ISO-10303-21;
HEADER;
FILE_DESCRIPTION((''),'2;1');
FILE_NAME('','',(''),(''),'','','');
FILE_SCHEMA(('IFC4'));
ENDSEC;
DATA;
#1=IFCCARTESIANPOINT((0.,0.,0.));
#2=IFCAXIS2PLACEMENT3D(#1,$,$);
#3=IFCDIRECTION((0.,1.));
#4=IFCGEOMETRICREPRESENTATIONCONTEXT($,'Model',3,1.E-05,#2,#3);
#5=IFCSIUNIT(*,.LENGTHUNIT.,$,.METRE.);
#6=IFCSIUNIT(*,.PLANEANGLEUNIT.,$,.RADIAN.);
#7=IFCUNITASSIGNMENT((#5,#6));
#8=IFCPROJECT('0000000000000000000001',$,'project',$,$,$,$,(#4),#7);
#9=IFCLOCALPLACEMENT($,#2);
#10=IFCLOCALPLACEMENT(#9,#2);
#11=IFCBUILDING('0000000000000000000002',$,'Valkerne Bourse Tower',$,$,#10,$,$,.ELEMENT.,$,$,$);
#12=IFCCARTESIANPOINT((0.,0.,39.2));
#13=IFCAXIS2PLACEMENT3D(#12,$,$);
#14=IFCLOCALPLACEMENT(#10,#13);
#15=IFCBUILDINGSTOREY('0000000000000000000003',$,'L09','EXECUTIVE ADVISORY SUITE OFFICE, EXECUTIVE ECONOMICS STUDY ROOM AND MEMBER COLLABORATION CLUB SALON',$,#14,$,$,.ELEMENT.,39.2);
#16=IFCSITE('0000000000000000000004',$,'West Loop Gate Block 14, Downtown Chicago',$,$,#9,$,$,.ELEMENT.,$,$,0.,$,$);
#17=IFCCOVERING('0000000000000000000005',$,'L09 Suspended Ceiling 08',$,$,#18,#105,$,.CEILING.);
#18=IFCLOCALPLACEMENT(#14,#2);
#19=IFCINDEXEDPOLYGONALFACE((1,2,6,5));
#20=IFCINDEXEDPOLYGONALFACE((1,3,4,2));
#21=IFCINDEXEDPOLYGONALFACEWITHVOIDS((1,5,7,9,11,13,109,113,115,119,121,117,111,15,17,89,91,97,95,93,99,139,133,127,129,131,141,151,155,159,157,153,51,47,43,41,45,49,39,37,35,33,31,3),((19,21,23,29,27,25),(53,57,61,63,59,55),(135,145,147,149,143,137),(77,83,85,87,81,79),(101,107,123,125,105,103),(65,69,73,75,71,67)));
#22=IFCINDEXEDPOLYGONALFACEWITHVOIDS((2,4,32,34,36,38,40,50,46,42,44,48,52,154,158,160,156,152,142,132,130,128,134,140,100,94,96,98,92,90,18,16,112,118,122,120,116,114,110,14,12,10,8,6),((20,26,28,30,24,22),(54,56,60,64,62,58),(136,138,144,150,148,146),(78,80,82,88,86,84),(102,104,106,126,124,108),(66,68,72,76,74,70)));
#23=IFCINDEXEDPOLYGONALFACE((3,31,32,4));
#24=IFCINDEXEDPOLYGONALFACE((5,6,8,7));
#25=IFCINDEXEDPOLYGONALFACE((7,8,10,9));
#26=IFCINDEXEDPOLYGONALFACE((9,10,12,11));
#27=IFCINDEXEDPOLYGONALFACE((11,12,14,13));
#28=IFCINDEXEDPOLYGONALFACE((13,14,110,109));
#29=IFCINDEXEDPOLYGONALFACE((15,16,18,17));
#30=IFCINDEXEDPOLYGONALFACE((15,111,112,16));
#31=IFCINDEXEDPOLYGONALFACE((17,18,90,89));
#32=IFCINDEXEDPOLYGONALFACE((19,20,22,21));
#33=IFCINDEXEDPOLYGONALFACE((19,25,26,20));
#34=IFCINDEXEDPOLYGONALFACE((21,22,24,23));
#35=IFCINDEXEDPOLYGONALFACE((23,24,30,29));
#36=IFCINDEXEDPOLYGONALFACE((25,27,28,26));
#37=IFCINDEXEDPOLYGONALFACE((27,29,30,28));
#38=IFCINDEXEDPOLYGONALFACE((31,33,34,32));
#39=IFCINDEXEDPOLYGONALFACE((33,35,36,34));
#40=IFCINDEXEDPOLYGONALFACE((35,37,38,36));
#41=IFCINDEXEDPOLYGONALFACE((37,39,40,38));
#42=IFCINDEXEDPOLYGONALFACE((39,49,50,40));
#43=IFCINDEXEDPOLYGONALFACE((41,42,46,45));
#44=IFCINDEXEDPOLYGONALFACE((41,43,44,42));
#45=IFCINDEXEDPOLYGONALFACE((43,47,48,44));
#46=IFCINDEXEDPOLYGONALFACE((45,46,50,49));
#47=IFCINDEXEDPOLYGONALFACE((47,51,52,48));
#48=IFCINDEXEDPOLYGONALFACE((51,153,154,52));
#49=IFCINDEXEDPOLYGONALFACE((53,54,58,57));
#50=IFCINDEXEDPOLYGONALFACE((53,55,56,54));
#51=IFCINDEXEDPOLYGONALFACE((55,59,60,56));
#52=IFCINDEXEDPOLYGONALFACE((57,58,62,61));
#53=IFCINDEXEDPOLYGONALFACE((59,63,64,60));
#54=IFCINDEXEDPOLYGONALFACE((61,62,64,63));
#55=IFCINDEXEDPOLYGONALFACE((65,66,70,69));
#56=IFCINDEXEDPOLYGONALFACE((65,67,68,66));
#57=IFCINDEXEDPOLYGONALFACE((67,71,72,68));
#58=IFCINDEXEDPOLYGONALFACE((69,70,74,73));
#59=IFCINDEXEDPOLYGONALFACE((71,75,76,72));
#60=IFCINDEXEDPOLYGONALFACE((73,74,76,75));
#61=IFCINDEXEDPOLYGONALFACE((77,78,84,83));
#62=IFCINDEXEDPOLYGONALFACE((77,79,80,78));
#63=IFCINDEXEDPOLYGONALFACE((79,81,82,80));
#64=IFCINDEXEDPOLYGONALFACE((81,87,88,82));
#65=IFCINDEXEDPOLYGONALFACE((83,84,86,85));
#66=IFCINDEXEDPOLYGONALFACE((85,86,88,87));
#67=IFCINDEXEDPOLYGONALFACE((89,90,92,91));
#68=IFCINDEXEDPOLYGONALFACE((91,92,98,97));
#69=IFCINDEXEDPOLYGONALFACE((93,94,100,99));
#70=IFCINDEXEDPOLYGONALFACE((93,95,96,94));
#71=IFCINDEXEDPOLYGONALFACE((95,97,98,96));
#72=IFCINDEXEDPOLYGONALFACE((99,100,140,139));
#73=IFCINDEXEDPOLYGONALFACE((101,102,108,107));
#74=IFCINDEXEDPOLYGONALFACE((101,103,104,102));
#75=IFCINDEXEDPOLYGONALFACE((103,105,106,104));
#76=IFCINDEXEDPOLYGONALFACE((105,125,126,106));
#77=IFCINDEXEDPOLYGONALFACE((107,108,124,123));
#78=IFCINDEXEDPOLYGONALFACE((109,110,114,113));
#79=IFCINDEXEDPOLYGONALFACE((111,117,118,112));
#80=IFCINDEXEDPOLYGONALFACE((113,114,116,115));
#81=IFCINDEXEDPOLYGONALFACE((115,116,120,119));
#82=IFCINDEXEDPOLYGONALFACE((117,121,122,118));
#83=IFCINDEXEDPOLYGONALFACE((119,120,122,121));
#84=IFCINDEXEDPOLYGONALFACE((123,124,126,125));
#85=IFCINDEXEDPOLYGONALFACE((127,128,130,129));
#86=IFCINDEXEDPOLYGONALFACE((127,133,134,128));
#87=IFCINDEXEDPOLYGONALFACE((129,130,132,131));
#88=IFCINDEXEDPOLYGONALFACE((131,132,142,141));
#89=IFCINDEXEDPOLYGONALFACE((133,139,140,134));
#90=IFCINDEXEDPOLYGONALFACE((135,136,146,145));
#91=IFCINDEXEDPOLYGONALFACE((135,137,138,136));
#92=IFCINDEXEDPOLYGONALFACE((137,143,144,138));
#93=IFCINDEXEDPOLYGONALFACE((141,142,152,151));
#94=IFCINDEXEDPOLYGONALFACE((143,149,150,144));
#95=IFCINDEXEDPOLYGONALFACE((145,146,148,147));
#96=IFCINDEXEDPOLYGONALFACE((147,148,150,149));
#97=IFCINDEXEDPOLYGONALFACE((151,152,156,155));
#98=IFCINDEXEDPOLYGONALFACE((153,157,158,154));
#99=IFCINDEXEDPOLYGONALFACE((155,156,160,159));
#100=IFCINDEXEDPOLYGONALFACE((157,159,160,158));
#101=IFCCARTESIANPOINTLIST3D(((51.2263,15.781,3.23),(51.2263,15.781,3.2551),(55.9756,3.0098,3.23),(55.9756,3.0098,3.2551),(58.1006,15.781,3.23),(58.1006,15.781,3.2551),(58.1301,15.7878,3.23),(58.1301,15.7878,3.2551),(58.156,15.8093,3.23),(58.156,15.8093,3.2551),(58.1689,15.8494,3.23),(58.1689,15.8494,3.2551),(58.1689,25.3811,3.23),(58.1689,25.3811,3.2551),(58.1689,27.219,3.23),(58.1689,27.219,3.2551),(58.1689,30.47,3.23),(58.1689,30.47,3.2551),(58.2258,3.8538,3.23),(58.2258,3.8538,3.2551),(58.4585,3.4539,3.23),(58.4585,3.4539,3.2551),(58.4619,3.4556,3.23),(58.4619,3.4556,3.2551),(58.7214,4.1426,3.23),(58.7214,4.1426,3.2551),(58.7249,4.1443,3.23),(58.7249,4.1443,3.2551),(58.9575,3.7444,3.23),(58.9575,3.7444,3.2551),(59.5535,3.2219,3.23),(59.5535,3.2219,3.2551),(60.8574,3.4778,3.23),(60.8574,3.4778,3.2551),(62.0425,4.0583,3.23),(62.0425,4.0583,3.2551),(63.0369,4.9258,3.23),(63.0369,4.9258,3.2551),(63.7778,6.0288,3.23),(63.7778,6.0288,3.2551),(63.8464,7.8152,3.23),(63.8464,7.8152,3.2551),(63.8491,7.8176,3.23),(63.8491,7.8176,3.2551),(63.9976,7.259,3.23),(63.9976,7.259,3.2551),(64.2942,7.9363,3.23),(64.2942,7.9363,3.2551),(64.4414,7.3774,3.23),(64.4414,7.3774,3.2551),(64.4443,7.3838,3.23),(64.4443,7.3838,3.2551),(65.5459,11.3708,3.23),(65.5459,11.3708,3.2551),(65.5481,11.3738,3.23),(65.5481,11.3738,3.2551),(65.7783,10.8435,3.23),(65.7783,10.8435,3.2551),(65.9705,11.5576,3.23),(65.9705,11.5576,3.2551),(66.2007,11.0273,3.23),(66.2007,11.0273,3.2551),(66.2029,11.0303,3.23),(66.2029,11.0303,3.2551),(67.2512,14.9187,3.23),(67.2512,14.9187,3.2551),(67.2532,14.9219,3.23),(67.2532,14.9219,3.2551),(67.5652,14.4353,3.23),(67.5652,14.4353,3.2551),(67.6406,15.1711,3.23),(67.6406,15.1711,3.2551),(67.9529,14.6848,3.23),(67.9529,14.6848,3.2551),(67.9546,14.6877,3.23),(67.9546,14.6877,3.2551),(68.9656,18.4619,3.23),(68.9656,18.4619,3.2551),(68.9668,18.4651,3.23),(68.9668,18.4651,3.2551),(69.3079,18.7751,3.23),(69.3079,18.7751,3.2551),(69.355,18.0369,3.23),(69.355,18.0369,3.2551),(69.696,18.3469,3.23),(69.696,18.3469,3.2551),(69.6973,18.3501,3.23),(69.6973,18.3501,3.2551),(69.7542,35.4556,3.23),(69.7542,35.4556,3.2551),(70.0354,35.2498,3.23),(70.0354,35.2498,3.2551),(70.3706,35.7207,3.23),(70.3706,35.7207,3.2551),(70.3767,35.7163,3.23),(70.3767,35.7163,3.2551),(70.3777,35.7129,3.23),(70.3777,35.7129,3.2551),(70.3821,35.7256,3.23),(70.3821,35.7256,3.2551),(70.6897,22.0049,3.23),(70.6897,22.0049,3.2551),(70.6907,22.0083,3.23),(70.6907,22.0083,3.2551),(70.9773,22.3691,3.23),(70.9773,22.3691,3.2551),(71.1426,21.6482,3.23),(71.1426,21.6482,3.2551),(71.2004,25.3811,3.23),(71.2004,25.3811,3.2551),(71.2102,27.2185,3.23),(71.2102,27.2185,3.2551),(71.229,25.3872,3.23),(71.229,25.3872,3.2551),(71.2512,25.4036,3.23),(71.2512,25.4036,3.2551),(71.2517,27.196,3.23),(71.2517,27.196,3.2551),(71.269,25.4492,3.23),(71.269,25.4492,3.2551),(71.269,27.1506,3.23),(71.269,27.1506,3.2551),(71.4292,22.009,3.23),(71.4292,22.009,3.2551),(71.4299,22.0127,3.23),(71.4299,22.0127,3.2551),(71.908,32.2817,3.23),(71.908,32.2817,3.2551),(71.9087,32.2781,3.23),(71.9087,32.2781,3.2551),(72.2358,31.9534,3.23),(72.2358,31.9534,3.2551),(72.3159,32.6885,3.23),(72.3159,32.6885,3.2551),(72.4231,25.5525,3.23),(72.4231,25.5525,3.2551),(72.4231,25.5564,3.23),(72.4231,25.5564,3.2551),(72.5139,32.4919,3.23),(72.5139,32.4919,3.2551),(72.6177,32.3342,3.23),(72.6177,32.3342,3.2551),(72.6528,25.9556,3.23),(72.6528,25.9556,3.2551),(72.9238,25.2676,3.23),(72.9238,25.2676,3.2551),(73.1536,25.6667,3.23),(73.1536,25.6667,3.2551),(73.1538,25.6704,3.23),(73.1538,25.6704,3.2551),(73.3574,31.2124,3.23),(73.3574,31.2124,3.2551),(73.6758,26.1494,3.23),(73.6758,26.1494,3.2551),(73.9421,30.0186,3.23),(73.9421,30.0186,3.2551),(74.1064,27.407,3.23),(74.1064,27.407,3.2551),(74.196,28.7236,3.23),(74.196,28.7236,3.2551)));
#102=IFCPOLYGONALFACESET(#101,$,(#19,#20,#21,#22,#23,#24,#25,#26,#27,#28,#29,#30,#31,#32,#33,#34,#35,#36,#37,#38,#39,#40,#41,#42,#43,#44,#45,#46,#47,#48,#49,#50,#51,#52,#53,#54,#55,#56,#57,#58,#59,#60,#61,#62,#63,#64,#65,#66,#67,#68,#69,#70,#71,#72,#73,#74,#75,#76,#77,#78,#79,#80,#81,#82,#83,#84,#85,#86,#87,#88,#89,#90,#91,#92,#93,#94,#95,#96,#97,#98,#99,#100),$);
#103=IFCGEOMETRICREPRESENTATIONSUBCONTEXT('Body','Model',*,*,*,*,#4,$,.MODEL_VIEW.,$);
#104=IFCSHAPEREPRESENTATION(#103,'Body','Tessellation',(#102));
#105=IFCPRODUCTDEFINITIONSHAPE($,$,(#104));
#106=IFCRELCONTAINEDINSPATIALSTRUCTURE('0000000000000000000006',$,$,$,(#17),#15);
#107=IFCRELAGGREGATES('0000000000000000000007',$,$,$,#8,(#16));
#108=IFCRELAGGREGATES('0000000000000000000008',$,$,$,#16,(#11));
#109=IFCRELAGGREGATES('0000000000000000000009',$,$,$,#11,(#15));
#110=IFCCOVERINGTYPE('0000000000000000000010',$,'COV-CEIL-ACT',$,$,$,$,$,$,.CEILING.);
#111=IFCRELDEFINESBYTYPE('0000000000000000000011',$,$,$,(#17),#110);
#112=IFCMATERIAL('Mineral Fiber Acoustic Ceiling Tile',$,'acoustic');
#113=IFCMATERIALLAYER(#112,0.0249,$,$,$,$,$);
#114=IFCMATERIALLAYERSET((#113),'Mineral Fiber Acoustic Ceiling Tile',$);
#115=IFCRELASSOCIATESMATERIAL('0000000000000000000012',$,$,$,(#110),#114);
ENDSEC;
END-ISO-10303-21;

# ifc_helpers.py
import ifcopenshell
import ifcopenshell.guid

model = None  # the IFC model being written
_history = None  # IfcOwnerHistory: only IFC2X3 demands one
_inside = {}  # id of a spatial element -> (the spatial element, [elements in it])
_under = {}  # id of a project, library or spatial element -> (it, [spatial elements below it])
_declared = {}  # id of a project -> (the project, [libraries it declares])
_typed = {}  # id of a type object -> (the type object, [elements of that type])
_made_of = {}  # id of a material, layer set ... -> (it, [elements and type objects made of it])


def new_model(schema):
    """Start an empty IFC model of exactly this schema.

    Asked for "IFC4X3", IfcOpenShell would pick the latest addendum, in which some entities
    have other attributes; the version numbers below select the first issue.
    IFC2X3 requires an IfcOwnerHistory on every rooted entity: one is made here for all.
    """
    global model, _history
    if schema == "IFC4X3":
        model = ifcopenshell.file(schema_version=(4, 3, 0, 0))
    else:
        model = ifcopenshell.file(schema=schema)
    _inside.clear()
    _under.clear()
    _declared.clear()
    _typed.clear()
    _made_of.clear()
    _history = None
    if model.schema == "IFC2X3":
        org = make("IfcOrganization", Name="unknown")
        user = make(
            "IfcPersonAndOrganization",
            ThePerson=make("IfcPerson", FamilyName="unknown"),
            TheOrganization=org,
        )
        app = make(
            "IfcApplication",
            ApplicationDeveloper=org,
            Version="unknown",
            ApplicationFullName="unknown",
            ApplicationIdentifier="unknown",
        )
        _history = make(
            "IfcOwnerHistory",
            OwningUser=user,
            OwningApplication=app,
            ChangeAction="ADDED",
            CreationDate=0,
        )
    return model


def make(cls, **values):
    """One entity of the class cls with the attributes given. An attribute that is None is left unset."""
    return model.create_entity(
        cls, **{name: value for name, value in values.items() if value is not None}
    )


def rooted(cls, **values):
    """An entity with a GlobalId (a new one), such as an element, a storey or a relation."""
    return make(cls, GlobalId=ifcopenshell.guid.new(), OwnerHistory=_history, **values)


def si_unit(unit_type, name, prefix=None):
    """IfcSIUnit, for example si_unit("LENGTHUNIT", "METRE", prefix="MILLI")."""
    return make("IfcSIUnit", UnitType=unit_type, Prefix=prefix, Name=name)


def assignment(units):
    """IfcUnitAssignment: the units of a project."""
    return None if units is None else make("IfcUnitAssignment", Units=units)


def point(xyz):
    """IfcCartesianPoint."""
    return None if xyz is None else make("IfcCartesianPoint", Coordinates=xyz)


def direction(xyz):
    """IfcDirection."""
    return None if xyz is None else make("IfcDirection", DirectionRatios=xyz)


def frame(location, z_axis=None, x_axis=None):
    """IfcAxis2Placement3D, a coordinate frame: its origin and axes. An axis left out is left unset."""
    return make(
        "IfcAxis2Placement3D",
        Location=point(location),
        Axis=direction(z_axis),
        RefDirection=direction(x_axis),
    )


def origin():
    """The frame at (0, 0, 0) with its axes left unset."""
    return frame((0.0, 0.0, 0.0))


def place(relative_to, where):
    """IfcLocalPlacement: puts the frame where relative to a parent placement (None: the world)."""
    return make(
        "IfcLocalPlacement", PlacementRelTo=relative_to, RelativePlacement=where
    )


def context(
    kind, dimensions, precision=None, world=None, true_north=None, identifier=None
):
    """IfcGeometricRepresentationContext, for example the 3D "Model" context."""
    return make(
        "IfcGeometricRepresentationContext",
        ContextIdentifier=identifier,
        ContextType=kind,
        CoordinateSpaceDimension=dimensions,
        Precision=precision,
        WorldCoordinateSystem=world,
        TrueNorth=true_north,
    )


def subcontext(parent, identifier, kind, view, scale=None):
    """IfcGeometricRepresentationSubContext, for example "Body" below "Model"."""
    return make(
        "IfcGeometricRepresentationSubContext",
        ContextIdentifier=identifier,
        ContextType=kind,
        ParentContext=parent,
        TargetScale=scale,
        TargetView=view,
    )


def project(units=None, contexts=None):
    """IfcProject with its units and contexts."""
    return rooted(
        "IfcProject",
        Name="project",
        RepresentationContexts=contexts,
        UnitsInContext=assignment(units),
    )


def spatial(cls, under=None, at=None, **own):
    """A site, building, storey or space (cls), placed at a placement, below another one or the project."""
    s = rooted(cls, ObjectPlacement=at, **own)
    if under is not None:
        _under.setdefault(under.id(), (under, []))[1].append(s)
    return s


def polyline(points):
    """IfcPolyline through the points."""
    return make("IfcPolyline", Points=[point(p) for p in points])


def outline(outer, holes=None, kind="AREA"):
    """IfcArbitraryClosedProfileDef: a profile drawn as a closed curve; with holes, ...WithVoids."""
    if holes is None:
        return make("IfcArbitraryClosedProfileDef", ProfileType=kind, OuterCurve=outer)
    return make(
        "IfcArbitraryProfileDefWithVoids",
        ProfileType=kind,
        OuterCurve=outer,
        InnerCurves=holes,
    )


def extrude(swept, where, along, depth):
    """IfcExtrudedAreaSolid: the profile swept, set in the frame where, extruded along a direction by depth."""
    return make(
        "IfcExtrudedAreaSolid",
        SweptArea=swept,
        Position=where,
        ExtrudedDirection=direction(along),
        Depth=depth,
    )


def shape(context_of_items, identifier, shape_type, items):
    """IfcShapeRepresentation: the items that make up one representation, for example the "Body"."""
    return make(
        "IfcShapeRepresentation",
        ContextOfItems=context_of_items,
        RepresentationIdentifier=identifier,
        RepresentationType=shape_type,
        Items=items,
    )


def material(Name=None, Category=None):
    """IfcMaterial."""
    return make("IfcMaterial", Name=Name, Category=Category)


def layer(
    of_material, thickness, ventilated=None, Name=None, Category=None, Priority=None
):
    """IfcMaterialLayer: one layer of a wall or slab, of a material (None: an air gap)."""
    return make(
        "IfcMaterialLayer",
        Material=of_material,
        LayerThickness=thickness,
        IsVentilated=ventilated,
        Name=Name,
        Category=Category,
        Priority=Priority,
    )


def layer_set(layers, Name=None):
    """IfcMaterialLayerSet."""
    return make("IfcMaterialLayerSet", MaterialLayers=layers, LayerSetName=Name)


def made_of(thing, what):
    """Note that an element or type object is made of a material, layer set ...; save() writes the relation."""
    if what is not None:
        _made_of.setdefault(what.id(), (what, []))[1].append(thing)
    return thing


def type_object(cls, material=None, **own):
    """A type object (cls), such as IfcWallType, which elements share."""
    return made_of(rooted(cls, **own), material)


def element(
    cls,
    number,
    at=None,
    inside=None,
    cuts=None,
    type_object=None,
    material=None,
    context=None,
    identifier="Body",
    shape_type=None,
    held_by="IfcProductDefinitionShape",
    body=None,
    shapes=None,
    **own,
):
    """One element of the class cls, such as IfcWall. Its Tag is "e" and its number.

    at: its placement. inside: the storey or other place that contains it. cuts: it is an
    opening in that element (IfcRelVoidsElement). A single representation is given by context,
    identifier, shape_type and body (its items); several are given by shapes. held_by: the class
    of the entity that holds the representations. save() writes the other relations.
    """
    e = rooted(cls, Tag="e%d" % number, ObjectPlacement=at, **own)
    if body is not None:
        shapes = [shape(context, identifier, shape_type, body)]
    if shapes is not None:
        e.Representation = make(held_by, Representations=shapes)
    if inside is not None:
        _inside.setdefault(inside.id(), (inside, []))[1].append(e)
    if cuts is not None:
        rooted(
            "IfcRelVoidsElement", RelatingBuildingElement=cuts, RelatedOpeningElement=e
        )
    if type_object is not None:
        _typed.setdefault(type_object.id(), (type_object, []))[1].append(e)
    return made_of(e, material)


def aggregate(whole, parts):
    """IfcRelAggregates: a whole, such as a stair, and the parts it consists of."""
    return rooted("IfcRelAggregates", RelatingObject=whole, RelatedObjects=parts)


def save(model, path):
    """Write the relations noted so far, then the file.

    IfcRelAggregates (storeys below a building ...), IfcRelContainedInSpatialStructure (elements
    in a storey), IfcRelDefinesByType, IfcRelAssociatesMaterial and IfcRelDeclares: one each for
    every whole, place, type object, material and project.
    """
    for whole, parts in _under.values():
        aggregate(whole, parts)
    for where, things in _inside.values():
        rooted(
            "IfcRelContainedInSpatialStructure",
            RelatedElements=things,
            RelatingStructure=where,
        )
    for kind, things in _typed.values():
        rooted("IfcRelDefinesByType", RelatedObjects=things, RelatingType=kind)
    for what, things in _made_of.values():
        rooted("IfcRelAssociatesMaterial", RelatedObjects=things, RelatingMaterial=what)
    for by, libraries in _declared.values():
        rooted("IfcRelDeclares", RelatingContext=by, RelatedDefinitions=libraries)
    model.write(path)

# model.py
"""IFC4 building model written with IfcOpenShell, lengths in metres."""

from ifc_helpers import new_model, si_unit, direction, frame, origin, place, context, subcontext, project, spatial, polyline, outline, extrude, material, layer, layer_set, type_object, element, save


model = new_model("IFC4")

# Units and contexts
model_context = context("Model", 3, precision=1e-05, world=origin(), true_north=direction((0.0, 1.0)))
body_context = subcontext(model_context, "Body", "Model", "MODEL_VIEW")
ifc_project = project(units=[si_unit("LENGTHUNIT", "METRE"), si_unit("PLANEANGLEUNIT", "RADIAN")], contexts=[model_context])

# Site, building, storey
site_placement = place(None, origin())
site = spatial("IfcSite", under=ifc_project, at=site_placement, Name="West Loop Gate Block 14, Downtown Chicago", CompositionType="ELEMENT", RefElevation=0.0)
building_placement = place(site_placement, origin())
building = spatial("IfcBuilding", under=site, at=building_placement, Name="Valkerne Bourse Tower", CompositionType="ELEMENT")
storey_placement = place(building_placement, frame((0.0, 0.0, 39.2)))
storey = spatial("IfcBuildingStorey", under=building, at=storey_placement, Name="L09", Description="EXECUTIVE ADVISORY SUITE OFFICE, EXECUTIVE ECONOMICS STUDY ROOM AND MEMBER COLLABORATION CLUB SALON", CompositionType="ELEMENT", Elevation=39.2)

# Covering
ifc_material_1 = material(Name="Mineral Fiber Acoustic Ceiling Tile", Category="acoustic")
ifc_layer_1 = layer(ifc_material_1, 0.0249)
ifc_layer_set_1 = layer_set([ifc_layer_1], Name="Mineral Fiber Acoustic Ceiling Tile")
covering_type_1 = type_object("IfcCoveringType", Name="COV-CEIL-ACT", PredefinedType="CEILING", material=ifc_layer_set_1)
covering_1_placement = place(storey_placement, frame((0.0, 0.0, 3.23)))
element("IfcCovering", 1, at=covering_1_placement, inside=storey, type_object=covering_type_1, Name="L09 Suspended Ceiling 08", PredefinedType="CEILING", context=body_context, shape_type="SweptSolid", body=[
    extrude(outline(polyline([(60.8574, 3.4778), (59.5535, 3.2219), (55.9756, 3.0098), (51.2263, 15.781), (58.1006, 15.781), (58.1301, 15.7878), (58.156, 15.8093), (58.1689, 15.8494), (58.1689, 25.3811), (71.2004, 25.3811), (71.229, 25.3872), (71.2512, 25.4036), (71.269, 25.4492), (71.269, 27.1506), (71.2517, 27.196), (71.2102, 27.2185), (58.1689, 27.219), (58.1689, 30.47), (69.7542, 35.4556), (70.0354, 35.2498), (70.3777, 35.7129), (70.3767, 35.7163), (70.3706, 35.7207), (70.3821, 35.7256), (72.5139, 32.4919), (72.3159, 32.6885), (71.908, 32.2817), (71.9087, 32.2781), (72.2358, 31.9534), (72.6177, 32.3342), (73.3574, 31.2124), (73.9421, 30.0186), (74.196, 28.7236), (74.1064, 27.407), (73.6758, 26.1494), (64.4443, 7.3838), (64.2942, 7.9363), (63.8491, 7.8176), (63.8464, 7.8152), (63.9976, 7.259), (64.4414, 7.3774), (63.7778, 6.0288), (63.0369, 4.9258), (62.0425, 4.0583), (60.8574, 3.4778)]), holes=[polyline([(58.9575, 3.7444), (58.7249, 4.1443), (58.7214, 4.1426), (58.2258, 3.8538), (58.4585, 3.4539), (58.4619, 3.4556), (58.9575, 3.7444)]), polyline([(66.2007, 11.0273), (66.2029, 11.0303), (65.9705, 11.5576), (65.5481, 11.3738), (65.5459, 11.3708), (65.7783, 10.8435), (66.2007, 11.0273)]), polyline([(67.9546, 14.6877), (67.6406, 15.1711), (67.2532, 14.9219), (67.2512, 14.9187), (67.5652, 14.4353), (67.9529, 14.6848), (67.9546, 14.6877)]), polyline([(69.696, 18.3469), (69.6973, 18.3501), (69.3079, 18.7751), (68.9668, 18.4651), (68.9656, 18.4619), (69.355, 18.0369), (69.696, 18.3469)]), polyline([(71.4292, 22.009), (71.4299, 22.0127), (70.9773, 22.3691), (70.6907, 22.0083), (70.6897, 22.0049), (71.1426, 21.6482), (71.4292, 22.009)]), polyline([(73.1538, 25.6704), (72.6528, 25.9556), (72.4231, 25.5564), (72.4231, 25.5525), (72.9238, 25.2676), (73.1536, 25.6667), (73.1538, 25.6704)])]), origin(), (0.0, 0.0, 1.0), 0.0251),
])

save(model, "model.ifc")
